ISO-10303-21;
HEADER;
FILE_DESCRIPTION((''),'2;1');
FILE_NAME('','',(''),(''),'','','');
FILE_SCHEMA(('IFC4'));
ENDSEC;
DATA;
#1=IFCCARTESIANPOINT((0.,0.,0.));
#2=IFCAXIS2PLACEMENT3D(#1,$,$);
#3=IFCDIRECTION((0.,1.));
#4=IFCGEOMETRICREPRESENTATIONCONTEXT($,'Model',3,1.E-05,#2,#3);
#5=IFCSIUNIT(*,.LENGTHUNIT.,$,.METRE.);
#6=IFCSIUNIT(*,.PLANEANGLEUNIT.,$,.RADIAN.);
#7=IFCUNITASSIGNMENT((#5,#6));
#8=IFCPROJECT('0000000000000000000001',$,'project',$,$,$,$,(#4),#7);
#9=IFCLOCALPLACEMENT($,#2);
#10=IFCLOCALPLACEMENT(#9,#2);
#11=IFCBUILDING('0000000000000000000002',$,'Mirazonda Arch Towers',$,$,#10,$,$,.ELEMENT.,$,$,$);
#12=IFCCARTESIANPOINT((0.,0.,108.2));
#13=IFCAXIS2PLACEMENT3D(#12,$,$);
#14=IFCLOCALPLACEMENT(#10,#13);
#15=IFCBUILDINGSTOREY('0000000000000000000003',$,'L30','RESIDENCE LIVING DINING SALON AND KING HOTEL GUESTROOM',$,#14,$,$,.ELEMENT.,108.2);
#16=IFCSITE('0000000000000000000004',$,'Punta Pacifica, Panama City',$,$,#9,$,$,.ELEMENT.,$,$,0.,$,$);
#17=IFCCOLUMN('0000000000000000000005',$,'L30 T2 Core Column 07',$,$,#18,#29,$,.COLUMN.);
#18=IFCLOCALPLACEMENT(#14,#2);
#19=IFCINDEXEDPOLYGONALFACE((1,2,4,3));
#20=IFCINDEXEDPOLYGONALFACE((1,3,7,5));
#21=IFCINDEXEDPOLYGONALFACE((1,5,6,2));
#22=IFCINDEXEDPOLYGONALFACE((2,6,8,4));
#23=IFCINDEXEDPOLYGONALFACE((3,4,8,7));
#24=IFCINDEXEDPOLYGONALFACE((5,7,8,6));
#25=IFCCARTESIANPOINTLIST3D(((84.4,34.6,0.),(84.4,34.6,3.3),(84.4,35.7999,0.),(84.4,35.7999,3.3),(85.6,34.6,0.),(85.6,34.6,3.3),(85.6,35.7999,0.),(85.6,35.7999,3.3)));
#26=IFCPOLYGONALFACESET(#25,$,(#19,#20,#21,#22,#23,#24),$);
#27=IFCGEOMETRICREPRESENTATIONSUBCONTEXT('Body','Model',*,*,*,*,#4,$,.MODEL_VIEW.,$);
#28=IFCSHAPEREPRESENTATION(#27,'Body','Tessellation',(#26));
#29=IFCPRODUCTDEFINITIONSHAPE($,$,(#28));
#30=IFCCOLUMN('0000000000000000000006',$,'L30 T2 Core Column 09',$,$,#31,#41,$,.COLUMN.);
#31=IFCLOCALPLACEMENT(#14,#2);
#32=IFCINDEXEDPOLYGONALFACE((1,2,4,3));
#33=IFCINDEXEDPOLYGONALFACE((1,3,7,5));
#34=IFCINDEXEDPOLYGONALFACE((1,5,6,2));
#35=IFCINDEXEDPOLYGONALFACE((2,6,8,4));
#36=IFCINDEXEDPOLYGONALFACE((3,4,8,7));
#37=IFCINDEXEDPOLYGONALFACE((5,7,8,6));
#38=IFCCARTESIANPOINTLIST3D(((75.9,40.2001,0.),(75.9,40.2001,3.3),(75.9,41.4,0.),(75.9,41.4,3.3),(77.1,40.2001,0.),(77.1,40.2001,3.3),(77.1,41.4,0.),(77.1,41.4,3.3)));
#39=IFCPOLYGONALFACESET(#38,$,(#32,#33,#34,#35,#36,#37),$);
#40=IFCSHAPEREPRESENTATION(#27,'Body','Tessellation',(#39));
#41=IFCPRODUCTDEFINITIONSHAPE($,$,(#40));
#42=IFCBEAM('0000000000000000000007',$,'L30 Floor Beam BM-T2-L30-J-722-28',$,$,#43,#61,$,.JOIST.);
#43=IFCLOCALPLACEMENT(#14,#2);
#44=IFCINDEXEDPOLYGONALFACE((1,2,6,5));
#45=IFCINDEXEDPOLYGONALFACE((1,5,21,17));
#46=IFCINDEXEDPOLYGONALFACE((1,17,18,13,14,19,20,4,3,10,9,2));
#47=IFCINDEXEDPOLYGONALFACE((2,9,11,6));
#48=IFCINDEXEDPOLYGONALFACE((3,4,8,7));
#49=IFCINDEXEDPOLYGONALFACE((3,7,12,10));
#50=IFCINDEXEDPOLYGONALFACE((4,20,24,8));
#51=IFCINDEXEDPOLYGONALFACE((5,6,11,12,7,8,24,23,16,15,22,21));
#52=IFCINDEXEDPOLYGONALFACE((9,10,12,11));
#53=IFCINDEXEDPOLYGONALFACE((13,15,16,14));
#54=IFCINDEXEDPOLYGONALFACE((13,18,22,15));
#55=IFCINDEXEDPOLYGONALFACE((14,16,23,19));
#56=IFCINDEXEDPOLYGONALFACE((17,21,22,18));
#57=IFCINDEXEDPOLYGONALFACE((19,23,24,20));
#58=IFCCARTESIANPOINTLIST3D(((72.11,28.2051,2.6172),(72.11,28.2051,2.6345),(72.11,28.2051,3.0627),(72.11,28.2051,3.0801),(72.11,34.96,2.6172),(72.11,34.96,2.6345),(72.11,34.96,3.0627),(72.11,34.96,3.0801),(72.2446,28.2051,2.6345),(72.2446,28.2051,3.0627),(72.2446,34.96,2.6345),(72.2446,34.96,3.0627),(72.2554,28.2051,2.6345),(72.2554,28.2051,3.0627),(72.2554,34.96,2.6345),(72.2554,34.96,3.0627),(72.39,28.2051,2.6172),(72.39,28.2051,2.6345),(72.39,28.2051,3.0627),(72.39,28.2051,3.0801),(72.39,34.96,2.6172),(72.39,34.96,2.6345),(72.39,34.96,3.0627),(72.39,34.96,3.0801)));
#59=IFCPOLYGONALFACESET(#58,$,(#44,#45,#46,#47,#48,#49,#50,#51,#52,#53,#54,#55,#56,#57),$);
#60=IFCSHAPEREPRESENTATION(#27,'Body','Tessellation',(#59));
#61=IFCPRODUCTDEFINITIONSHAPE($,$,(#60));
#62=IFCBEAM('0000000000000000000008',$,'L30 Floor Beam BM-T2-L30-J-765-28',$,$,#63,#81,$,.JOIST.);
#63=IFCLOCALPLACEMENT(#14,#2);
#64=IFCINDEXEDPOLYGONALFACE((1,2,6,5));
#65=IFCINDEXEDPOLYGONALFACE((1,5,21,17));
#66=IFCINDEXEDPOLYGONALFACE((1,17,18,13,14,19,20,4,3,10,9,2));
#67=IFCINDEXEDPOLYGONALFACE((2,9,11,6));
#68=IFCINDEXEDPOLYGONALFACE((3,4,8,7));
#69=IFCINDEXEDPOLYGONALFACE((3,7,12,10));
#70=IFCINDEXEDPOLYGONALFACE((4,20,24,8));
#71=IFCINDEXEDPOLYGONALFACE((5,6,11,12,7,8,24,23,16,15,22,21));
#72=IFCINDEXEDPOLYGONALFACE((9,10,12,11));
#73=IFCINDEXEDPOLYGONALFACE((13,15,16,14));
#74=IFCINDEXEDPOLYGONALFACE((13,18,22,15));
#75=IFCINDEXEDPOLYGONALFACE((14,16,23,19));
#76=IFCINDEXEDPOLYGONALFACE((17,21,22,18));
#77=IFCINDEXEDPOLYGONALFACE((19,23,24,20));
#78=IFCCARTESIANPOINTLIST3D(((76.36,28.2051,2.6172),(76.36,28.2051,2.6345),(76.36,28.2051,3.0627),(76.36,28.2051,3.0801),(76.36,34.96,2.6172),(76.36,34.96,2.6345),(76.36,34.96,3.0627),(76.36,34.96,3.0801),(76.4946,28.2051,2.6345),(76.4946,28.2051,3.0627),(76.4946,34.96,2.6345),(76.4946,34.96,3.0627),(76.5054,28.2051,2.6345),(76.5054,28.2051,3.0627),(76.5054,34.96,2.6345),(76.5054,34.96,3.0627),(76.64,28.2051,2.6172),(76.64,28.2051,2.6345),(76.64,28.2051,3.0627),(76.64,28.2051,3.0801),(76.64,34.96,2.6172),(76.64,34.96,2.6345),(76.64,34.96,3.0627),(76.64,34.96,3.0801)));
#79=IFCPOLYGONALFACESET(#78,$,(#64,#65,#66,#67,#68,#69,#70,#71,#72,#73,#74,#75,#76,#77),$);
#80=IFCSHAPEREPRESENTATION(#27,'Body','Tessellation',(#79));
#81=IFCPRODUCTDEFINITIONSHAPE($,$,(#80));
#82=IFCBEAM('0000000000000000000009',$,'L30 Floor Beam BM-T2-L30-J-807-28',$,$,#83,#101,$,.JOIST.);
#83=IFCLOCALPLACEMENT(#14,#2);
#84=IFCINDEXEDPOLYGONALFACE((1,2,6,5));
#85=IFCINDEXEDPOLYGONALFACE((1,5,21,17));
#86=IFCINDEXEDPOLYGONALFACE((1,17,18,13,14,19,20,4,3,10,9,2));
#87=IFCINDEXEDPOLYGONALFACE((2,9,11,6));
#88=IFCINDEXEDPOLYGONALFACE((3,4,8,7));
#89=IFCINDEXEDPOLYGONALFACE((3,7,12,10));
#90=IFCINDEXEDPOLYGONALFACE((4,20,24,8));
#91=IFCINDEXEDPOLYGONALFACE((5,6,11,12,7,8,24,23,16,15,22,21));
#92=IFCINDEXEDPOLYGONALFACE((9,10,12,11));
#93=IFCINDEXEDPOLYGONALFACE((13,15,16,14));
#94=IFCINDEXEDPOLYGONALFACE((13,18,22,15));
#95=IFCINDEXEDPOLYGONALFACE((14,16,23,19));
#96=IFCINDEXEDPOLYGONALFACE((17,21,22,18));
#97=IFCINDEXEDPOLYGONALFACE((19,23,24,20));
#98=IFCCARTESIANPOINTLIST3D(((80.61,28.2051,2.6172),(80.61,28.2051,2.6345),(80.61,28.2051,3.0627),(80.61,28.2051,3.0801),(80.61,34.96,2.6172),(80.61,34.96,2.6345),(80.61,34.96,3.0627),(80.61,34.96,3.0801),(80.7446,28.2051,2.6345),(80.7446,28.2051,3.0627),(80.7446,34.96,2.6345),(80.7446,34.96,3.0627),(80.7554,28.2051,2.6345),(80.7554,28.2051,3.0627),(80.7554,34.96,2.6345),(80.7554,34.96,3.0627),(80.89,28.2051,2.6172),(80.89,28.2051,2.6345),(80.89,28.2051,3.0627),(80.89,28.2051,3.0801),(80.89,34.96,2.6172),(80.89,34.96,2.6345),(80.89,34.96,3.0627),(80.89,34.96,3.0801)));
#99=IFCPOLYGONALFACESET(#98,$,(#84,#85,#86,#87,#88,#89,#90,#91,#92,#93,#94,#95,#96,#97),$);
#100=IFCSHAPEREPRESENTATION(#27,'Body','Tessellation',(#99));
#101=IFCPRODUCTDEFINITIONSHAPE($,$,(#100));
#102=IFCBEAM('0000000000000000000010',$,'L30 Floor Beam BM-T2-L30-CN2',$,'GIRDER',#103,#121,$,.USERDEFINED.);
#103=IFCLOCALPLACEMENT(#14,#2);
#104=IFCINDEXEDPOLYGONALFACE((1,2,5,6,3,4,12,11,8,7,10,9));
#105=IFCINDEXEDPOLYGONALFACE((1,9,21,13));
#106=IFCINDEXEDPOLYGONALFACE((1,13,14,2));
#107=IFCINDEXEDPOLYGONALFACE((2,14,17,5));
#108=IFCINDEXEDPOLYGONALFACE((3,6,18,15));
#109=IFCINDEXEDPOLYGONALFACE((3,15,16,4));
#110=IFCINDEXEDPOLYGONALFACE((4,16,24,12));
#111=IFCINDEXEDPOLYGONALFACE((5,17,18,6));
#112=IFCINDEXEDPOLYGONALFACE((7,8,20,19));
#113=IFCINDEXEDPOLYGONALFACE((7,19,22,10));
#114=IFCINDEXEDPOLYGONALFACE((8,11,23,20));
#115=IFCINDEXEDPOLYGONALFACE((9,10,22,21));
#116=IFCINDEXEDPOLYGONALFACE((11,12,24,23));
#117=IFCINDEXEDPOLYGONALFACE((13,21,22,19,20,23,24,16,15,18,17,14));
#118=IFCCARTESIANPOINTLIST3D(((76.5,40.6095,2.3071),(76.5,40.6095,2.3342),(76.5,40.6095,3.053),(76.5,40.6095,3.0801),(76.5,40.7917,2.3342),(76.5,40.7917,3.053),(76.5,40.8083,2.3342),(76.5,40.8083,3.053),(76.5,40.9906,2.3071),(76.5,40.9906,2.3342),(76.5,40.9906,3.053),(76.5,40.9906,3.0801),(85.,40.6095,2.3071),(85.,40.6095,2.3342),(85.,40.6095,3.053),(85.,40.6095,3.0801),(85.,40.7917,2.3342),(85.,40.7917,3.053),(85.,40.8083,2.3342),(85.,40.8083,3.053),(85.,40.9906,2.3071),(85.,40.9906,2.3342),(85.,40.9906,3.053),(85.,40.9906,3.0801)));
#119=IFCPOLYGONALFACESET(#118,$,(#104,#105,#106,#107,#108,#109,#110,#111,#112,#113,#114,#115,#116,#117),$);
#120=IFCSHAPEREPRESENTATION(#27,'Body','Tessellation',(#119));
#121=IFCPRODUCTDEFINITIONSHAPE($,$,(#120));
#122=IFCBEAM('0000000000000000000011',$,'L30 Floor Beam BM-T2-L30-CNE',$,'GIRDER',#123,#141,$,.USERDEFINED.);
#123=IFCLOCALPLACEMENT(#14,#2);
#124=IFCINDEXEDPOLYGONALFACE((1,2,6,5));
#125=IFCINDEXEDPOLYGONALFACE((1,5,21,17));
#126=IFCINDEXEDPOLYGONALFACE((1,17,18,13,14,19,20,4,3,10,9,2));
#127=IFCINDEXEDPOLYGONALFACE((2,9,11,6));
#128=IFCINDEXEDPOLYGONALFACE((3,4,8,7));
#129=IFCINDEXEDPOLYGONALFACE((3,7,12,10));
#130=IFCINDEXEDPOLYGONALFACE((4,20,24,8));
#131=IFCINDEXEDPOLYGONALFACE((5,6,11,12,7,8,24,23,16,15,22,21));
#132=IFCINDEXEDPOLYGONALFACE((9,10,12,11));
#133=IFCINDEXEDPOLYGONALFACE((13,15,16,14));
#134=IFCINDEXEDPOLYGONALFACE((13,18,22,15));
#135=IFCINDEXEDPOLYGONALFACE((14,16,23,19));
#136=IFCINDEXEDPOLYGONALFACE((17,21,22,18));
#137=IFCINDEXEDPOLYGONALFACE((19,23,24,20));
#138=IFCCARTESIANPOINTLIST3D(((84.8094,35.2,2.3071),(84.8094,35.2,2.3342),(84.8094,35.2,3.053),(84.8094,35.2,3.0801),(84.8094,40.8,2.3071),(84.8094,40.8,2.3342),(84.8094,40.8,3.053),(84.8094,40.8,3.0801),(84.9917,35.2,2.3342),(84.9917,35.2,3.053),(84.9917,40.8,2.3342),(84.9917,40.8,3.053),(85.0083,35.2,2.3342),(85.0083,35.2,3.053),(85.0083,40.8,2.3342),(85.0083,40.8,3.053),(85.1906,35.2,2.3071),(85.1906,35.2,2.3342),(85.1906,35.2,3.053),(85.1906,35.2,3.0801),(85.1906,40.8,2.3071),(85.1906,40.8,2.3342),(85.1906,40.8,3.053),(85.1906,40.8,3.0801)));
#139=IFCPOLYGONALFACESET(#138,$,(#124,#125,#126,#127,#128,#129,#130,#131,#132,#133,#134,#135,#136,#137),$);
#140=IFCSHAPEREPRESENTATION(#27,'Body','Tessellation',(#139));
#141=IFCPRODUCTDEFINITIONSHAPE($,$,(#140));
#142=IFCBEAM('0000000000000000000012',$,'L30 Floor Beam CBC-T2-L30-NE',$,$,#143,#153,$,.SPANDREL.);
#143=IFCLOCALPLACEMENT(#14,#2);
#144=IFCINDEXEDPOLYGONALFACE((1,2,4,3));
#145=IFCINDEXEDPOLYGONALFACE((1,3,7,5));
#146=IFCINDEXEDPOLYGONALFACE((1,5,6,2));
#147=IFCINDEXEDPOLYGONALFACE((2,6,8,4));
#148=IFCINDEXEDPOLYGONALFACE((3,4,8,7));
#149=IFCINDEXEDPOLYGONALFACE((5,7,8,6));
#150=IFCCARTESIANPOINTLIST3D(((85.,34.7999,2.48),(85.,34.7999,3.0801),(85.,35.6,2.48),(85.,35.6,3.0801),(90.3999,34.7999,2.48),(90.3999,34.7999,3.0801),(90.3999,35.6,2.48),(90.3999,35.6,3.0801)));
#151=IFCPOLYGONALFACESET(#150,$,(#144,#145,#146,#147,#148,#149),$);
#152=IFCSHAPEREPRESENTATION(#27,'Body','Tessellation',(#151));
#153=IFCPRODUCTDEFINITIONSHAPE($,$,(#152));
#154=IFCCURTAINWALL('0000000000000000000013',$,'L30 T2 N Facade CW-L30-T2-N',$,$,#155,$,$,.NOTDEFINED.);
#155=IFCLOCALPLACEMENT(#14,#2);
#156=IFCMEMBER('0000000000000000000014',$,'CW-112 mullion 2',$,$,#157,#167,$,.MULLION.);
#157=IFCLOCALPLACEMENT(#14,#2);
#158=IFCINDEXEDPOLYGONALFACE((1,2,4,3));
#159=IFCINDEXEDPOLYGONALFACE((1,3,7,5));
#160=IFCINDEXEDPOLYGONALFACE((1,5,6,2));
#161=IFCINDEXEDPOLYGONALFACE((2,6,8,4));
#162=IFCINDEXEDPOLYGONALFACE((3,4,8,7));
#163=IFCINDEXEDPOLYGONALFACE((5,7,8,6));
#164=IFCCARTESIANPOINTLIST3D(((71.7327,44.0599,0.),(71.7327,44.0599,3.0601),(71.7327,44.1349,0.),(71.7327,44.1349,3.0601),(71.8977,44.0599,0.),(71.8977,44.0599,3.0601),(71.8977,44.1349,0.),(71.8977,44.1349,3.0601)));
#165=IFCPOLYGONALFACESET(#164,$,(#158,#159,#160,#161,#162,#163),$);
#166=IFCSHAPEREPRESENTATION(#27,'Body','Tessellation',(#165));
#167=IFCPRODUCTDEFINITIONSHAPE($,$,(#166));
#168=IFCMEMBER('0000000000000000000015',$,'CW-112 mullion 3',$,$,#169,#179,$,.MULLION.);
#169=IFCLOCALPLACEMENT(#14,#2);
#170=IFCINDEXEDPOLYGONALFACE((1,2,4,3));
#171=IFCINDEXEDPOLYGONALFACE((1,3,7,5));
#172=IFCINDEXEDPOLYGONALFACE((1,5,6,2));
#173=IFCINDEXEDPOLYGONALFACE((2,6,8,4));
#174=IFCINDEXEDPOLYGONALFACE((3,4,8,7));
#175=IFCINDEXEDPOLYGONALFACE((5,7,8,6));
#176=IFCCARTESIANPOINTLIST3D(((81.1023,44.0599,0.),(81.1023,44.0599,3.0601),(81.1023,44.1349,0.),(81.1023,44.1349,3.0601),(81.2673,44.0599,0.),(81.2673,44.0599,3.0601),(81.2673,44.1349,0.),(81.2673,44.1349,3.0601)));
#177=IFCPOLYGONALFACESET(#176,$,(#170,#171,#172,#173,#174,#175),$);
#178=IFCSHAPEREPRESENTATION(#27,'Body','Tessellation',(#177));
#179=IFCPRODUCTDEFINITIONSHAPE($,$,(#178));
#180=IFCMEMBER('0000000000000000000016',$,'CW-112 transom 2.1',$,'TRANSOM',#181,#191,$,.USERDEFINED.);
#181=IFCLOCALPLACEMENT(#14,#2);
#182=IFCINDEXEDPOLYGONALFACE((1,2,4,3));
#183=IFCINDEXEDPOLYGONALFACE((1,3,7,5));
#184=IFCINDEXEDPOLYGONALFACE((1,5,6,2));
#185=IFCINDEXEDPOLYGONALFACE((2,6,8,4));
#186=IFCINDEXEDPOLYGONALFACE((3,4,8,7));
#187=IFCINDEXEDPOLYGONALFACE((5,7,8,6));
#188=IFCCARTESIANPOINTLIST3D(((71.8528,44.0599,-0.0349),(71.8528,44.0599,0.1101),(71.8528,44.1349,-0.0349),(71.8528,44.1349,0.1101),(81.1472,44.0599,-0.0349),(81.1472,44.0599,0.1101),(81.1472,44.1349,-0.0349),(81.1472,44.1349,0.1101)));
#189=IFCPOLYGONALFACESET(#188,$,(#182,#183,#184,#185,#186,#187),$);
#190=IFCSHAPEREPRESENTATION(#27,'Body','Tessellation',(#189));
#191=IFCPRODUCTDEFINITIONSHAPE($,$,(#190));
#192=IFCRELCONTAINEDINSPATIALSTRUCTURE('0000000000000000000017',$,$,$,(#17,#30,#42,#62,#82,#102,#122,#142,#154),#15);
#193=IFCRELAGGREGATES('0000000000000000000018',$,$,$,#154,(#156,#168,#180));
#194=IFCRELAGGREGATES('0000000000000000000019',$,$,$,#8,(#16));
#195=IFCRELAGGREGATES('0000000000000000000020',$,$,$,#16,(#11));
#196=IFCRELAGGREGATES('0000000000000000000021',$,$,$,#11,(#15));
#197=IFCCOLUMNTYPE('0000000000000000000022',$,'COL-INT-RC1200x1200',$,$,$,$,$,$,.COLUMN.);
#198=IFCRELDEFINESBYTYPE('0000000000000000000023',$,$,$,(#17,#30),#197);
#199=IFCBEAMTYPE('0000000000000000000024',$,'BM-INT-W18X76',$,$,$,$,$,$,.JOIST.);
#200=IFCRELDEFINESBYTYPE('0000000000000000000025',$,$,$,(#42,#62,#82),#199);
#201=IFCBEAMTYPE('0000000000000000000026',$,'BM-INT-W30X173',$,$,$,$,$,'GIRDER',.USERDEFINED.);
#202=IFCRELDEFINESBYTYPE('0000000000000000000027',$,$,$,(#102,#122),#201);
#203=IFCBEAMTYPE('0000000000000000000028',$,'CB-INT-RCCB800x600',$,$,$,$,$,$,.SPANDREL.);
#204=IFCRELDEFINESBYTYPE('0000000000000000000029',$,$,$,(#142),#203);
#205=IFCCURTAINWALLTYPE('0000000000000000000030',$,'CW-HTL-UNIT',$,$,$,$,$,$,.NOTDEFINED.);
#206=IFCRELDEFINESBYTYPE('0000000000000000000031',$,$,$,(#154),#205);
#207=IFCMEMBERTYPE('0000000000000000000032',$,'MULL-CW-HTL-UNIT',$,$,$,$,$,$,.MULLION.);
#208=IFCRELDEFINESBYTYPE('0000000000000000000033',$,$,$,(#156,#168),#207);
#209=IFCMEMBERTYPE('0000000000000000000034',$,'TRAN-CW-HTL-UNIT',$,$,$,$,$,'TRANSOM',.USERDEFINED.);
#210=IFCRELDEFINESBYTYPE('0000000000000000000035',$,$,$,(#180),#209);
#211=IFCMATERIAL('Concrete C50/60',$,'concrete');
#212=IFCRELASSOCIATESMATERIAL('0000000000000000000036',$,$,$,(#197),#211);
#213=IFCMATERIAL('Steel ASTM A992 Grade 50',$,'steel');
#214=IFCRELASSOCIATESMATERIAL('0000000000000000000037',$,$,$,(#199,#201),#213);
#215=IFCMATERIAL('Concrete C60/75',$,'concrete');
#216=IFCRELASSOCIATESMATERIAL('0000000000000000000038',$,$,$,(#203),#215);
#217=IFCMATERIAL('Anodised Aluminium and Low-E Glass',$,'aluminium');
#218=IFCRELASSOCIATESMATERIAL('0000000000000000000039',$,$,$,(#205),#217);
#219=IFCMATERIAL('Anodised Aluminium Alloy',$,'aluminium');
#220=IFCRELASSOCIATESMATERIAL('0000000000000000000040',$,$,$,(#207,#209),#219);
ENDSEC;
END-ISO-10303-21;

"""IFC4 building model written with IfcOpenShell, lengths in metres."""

from ifc_helpers import new_model, si_unit, direction, frame, origin, origin_2d, place, context, subcontext, project, spatial, rectangle, i_section, extrude, material, material_profile, profile_set, type_object, element, aggregate, save


model = new_model("IFC4")

# Units and contexts
model_context = context("Model", 3, precision=1e-05, world=origin(), true_north=direction((0.0, 1.0)))
body_context = subcontext(model_context, "Body", "Model", "MODEL_VIEW")
ifc_project = project(units=[si_unit("LENGTHUNIT", "METRE"), si_unit("PLANEANGLEUNIT", "RADIAN")], contexts=[model_context])

# Site, building, storey
site_placement = place(None, origin())
site = spatial("IfcSite", under=ifc_project, at=site_placement, Name="Punta Pacifica, Panama City", CompositionType="ELEMENT", RefElevation=0.0)
building_placement = place(site_placement, origin())
building = spatial("IfcBuilding", under=site, at=building_placement, Name="Mirazonda Arch Towers", CompositionType="ELEMENT")
storey_placement = place(building_placement, frame((0.0, 0.0, 108.2)))
storey = spatial("IfcBuildingStorey", under=building, at=storey_placement, Name="L30", Description="RESIDENCE LIVING DINING SALON AND KING HOTEL GUESTROOM", CompositionType="ELEMENT", Elevation=108.2)

# Columns
ifc_material_1 = material(Name="Concrete C50/60", Category="concrete")
ifc_material_profile_1 = material_profile(ifc_material_1, rectangle(XDim=1.2, YDim=1.2, at=origin_2d()), Name="RC1200x1200")
ifc_profile_set_1 = profile_set([ifc_material_profile_1], Name="Concrete C50/60")
column_type = type_object("IfcColumnType", Name="COL-INT-RC1200x1200", PredefinedType="COLUMN", material=ifc_profile_set_1)
for number, where, z_axis, x_axis, name in (
    (1, (85.0, 35.2, 0.0), (0.0, 0.0, 1.0), (1.0, 0.0, 0.0), "L30 T2 Core Column 07"),
    (2, (76.5, 40.8, 0.0), (0.0, 0.0, 1.0), (1.0, 0.0, 0.0), "L30 T2 Core Column 09"),
):
    element("IfcColumn", number, at=place(storey_placement, frame(where, z_axis=z_axis, x_axis=x_axis)), inside=storey, type_object=column_type, Name=name, PredefinedType="COLUMN", context=body_context, shape_type="SweptSolid", body=[
        extrude(rectangle(XDim=1.2, YDim=1.2, at=origin_2d()), origin(), (0.0, 0.0, 1.0), 3.3),
    ])

# Beams
ifc_material_2 = material(Name="Steel ASTM A992 Grade 50", Category="steel")
ifc_material_profile_2 = material_profile(ifc_material_2, i_section(OverallWidth=0.28, OverallDepth=0.4629, WebThickness=0.0107, FlangeThickness=0.0173, at=origin_2d()), Name="W18X76")
ifc_profile_set_2 = profile_set([ifc_material_profile_2], Name="Steel ASTM A992 Grade 50")
beam_type_1 = type_object("IfcBeamType", Name="BM-INT-W18X76", PredefinedType="JOIST", material=ifc_profile_set_2)
for number, where, z_axis, x_axis, name in (
    (3, (72.25, 28.2051, 2.8486), (0.0, 1.0, 0.0), (-1.0, 0.0, 0.0), "L30 Floor Beam BM-T2-L30-J-722-28"),
    (4, (76.5, 28.2051, 2.8486), (0.0, 1.0, 0.0), (-1.0, 0.0, 0.0), "L30 Floor Beam BM-T2-L30-J-765-28"),
    (5, (80.75, 28.2051, 2.8486), (0.0, 1.0, 0.0), (-1.0, 0.0, 0.0), "L30 Floor Beam BM-T2-L30-J-807-28"),
):
    element("IfcBeam", number, at=place(storey_placement, frame(where, z_axis=z_axis, x_axis=x_axis)), inside=storey, type_object=beam_type_1, Name=name, PredefinedType="JOIST", context=body_context, shape_type="SweptSolid", body=[
        extrude(i_section(OverallWidth=0.28, OverallDepth=0.4629, WebThickness=0.0107, FlangeThickness=0.0173, at=origin_2d()), origin(), (0.0, 0.0, 1.0), 6.7549),
    ])
ifc_material_profile_3 = material_profile(ifc_material_2, i_section(OverallWidth=0.3811, OverallDepth=0.7729, WebThickness=0.0166, FlangeThickness=0.0271, at=origin_2d()), Name="W30X173")
ifc_profile_set_3 = profile_set([ifc_material_profile_3], Name="Steel ASTM A992 Grade 50")
beam_type_2 = type_object("IfcBeamType", Name="BM-INT-W30X173", ElementType="GIRDER", PredefinedType="USERDEFINED", material=ifc_profile_set_3)
beam_1_placement = place(storey_placement, frame((76.5, 40.8, 2.6936), z_axis=(1.0, 0.0, 0.0), x_axis=(0.0, 1.0, 0.0)))
element("IfcBeam", 6, at=beam_1_placement, inside=storey, type_object=beam_type_2, Name="L30 Floor Beam BM-T2-L30-CN2", ObjectType="GIRDER", PredefinedType="USERDEFINED", context=body_context, shape_type="SweptSolid", body=[
    extrude(i_section(OverallWidth=0.3811, OverallDepth=0.7729, WebThickness=0.0166, FlangeThickness=0.0271, at=origin_2d()), origin(), (0.0, 0.0, 1.0), 8.5),
])
beam_2_placement = place(storey_placement, frame((85.0, 35.2, 2.6936), z_axis=(0.0, 1.0, 0.0), x_axis=(-1.0, 0.0, 0.0)))
element("IfcBeam", 7, at=beam_2_placement, inside=storey, type_object=beam_type_2, Name="L30 Floor Beam BM-T2-L30-CNE", ObjectType="GIRDER", PredefinedType="USERDEFINED", context=body_context, shape_type="SweptSolid", body=[
    extrude(i_section(OverallWidth=0.3811, OverallDepth=0.7729, WebThickness=0.0166, FlangeThickness=0.0271, at=origin_2d()), origin(), (0.0, 0.0, 1.0), 5.6001),
])
ifc_material_3 = material(Name="Concrete C60/75", Category="concrete")
ifc_material_profile_4 = material_profile(ifc_material_3, rectangle(XDim=0.8, YDim=0.6001, at=origin_2d()), Name="RCCB800x600")
ifc_profile_set_4 = profile_set([ifc_material_profile_4], Name="Concrete C60/75")
beam_type_3 = type_object("IfcBeamType", Name="CB-INT-RCCB800x600", PredefinedType="SPANDREL", material=ifc_profile_set_4)
beam_3_placement = place(storey_placement, frame((85.0, 35.2, 2.78), z_axis=(1.0, 0.0, 0.0), x_axis=(0.0, 1.0, 0.0)))
element("IfcBeam", 8, at=beam_3_placement, inside=storey, type_object=beam_type_3, Name="L30 Floor Beam CBC-T2-L30-NE", PredefinedType="SPANDREL", context=body_context, shape_type="SweptSolid", body=[
    extrude(rectangle(XDim=0.8, YDim=0.6001, at=origin_2d()), origin(), (0.0, 0.0, 1.0), 5.3999),
])

# Curtain wall, members
ifc_material_4 = material(Name="Anodised Aluminium and Low-E Glass", Category="aluminium")
curtain_wall_type = type_object("IfcCurtainWallType", Name="CW-HTL-UNIT", PredefinedType="NOTDEFINED", material=ifc_material_4)
curtain_wall_placement = place(storey_placement, origin())
curtain_wall = element("IfcCurtainWall", 9, at=curtain_wall_placement, inside=storey, type_object=curtain_wall_type, Name="L30 T2 N Facade CW-L30-T2-N", PredefinedType="NOTDEFINED")
ifc_material_5 = material(Name="Anodised Aluminium Alloy", Category="aluminium")
ifc_material_profile_5 = material_profile(ifc_material_5, rectangle(XDim=0.075, YDim=0.165, at=origin_2d()), Name="ALU-MULL-75x165")
ifc_profile_set_5 = profile_set([ifc_material_profile_5], Name="Anodised Aluminium Alloy")
member_type_1 = type_object("IfcMemberType", Name="MULL-CW-HTL-UNIT", PredefinedType="MULLION", material=ifc_profile_set_5)
member_1_placement = place(storey_placement, frame((71.8152, 44.0974, 0.0), z_axis=(0.0, 0.0, 1.0), x_axis=(0.0, 1.0, 0.0)))
member_1 = element("IfcMember", 10, at=member_1_placement, type_object=member_type_1, Name="CW-112 mullion 2", PredefinedType="MULLION", context=body_context, shape_type="SweptSolid", body=[
    extrude(rectangle(XDim=0.075, YDim=0.165, at=origin_2d()), origin(), (0.0, 0.0, 1.0), 3.0601),
])
member_2_placement = place(storey_placement, frame((81.1848, 44.0974, 0.0), z_axis=(0.0, 0.0, 1.0), x_axis=(0.0, 1.0, 0.0)))
member_2 = element("IfcMember", 11, at=member_2_placement, type_object=member_type_1, Name="CW-112 mullion 3", PredefinedType="MULLION", context=body_context, shape_type="SweptSolid", body=[
    extrude(rectangle(XDim=0.075, YDim=0.165, at=origin_2d()), origin(), (0.0, 0.0, 1.0), 3.0601),
])
ifc_material_profile_6 = material_profile(ifc_material_5, rectangle(XDim=0.075, YDim=0.145, at=origin_2d()), Name="ALU-TRAN-75x145")
ifc_profile_set_6 = profile_set([ifc_material_profile_6], Name="Anodised Aluminium Alloy")
member_type_2 = type_object("IfcMemberType", Name="TRAN-CW-HTL-UNIT", ElementType="TRANSOM", PredefinedType="USERDEFINED", material=ifc_profile_set_6)
member_3_placement = place(storey_placement, frame((71.8528, 44.0974, 0.0376), z_axis=(1.0, 0.0, 0.0), x_axis=(0.0, 1.0, 0.0)))
member_3 = element("IfcMember", 12, at=member_3_placement, type_object=member_type_2, Name="CW-112 transom 2.1", ObjectType="TRANSOM", PredefinedType="USERDEFINED", context=body_context, shape_type="SweptSolid", body=[
    extrude(rectangle(XDim=0.075, YDim=0.145, at=origin_2d()), origin(), (0.0, 0.0, 1.0), 9.2944),
])
aggregate(curtain_wall, [member_1, member_2, member_3])

save(model, "model.ifc")
